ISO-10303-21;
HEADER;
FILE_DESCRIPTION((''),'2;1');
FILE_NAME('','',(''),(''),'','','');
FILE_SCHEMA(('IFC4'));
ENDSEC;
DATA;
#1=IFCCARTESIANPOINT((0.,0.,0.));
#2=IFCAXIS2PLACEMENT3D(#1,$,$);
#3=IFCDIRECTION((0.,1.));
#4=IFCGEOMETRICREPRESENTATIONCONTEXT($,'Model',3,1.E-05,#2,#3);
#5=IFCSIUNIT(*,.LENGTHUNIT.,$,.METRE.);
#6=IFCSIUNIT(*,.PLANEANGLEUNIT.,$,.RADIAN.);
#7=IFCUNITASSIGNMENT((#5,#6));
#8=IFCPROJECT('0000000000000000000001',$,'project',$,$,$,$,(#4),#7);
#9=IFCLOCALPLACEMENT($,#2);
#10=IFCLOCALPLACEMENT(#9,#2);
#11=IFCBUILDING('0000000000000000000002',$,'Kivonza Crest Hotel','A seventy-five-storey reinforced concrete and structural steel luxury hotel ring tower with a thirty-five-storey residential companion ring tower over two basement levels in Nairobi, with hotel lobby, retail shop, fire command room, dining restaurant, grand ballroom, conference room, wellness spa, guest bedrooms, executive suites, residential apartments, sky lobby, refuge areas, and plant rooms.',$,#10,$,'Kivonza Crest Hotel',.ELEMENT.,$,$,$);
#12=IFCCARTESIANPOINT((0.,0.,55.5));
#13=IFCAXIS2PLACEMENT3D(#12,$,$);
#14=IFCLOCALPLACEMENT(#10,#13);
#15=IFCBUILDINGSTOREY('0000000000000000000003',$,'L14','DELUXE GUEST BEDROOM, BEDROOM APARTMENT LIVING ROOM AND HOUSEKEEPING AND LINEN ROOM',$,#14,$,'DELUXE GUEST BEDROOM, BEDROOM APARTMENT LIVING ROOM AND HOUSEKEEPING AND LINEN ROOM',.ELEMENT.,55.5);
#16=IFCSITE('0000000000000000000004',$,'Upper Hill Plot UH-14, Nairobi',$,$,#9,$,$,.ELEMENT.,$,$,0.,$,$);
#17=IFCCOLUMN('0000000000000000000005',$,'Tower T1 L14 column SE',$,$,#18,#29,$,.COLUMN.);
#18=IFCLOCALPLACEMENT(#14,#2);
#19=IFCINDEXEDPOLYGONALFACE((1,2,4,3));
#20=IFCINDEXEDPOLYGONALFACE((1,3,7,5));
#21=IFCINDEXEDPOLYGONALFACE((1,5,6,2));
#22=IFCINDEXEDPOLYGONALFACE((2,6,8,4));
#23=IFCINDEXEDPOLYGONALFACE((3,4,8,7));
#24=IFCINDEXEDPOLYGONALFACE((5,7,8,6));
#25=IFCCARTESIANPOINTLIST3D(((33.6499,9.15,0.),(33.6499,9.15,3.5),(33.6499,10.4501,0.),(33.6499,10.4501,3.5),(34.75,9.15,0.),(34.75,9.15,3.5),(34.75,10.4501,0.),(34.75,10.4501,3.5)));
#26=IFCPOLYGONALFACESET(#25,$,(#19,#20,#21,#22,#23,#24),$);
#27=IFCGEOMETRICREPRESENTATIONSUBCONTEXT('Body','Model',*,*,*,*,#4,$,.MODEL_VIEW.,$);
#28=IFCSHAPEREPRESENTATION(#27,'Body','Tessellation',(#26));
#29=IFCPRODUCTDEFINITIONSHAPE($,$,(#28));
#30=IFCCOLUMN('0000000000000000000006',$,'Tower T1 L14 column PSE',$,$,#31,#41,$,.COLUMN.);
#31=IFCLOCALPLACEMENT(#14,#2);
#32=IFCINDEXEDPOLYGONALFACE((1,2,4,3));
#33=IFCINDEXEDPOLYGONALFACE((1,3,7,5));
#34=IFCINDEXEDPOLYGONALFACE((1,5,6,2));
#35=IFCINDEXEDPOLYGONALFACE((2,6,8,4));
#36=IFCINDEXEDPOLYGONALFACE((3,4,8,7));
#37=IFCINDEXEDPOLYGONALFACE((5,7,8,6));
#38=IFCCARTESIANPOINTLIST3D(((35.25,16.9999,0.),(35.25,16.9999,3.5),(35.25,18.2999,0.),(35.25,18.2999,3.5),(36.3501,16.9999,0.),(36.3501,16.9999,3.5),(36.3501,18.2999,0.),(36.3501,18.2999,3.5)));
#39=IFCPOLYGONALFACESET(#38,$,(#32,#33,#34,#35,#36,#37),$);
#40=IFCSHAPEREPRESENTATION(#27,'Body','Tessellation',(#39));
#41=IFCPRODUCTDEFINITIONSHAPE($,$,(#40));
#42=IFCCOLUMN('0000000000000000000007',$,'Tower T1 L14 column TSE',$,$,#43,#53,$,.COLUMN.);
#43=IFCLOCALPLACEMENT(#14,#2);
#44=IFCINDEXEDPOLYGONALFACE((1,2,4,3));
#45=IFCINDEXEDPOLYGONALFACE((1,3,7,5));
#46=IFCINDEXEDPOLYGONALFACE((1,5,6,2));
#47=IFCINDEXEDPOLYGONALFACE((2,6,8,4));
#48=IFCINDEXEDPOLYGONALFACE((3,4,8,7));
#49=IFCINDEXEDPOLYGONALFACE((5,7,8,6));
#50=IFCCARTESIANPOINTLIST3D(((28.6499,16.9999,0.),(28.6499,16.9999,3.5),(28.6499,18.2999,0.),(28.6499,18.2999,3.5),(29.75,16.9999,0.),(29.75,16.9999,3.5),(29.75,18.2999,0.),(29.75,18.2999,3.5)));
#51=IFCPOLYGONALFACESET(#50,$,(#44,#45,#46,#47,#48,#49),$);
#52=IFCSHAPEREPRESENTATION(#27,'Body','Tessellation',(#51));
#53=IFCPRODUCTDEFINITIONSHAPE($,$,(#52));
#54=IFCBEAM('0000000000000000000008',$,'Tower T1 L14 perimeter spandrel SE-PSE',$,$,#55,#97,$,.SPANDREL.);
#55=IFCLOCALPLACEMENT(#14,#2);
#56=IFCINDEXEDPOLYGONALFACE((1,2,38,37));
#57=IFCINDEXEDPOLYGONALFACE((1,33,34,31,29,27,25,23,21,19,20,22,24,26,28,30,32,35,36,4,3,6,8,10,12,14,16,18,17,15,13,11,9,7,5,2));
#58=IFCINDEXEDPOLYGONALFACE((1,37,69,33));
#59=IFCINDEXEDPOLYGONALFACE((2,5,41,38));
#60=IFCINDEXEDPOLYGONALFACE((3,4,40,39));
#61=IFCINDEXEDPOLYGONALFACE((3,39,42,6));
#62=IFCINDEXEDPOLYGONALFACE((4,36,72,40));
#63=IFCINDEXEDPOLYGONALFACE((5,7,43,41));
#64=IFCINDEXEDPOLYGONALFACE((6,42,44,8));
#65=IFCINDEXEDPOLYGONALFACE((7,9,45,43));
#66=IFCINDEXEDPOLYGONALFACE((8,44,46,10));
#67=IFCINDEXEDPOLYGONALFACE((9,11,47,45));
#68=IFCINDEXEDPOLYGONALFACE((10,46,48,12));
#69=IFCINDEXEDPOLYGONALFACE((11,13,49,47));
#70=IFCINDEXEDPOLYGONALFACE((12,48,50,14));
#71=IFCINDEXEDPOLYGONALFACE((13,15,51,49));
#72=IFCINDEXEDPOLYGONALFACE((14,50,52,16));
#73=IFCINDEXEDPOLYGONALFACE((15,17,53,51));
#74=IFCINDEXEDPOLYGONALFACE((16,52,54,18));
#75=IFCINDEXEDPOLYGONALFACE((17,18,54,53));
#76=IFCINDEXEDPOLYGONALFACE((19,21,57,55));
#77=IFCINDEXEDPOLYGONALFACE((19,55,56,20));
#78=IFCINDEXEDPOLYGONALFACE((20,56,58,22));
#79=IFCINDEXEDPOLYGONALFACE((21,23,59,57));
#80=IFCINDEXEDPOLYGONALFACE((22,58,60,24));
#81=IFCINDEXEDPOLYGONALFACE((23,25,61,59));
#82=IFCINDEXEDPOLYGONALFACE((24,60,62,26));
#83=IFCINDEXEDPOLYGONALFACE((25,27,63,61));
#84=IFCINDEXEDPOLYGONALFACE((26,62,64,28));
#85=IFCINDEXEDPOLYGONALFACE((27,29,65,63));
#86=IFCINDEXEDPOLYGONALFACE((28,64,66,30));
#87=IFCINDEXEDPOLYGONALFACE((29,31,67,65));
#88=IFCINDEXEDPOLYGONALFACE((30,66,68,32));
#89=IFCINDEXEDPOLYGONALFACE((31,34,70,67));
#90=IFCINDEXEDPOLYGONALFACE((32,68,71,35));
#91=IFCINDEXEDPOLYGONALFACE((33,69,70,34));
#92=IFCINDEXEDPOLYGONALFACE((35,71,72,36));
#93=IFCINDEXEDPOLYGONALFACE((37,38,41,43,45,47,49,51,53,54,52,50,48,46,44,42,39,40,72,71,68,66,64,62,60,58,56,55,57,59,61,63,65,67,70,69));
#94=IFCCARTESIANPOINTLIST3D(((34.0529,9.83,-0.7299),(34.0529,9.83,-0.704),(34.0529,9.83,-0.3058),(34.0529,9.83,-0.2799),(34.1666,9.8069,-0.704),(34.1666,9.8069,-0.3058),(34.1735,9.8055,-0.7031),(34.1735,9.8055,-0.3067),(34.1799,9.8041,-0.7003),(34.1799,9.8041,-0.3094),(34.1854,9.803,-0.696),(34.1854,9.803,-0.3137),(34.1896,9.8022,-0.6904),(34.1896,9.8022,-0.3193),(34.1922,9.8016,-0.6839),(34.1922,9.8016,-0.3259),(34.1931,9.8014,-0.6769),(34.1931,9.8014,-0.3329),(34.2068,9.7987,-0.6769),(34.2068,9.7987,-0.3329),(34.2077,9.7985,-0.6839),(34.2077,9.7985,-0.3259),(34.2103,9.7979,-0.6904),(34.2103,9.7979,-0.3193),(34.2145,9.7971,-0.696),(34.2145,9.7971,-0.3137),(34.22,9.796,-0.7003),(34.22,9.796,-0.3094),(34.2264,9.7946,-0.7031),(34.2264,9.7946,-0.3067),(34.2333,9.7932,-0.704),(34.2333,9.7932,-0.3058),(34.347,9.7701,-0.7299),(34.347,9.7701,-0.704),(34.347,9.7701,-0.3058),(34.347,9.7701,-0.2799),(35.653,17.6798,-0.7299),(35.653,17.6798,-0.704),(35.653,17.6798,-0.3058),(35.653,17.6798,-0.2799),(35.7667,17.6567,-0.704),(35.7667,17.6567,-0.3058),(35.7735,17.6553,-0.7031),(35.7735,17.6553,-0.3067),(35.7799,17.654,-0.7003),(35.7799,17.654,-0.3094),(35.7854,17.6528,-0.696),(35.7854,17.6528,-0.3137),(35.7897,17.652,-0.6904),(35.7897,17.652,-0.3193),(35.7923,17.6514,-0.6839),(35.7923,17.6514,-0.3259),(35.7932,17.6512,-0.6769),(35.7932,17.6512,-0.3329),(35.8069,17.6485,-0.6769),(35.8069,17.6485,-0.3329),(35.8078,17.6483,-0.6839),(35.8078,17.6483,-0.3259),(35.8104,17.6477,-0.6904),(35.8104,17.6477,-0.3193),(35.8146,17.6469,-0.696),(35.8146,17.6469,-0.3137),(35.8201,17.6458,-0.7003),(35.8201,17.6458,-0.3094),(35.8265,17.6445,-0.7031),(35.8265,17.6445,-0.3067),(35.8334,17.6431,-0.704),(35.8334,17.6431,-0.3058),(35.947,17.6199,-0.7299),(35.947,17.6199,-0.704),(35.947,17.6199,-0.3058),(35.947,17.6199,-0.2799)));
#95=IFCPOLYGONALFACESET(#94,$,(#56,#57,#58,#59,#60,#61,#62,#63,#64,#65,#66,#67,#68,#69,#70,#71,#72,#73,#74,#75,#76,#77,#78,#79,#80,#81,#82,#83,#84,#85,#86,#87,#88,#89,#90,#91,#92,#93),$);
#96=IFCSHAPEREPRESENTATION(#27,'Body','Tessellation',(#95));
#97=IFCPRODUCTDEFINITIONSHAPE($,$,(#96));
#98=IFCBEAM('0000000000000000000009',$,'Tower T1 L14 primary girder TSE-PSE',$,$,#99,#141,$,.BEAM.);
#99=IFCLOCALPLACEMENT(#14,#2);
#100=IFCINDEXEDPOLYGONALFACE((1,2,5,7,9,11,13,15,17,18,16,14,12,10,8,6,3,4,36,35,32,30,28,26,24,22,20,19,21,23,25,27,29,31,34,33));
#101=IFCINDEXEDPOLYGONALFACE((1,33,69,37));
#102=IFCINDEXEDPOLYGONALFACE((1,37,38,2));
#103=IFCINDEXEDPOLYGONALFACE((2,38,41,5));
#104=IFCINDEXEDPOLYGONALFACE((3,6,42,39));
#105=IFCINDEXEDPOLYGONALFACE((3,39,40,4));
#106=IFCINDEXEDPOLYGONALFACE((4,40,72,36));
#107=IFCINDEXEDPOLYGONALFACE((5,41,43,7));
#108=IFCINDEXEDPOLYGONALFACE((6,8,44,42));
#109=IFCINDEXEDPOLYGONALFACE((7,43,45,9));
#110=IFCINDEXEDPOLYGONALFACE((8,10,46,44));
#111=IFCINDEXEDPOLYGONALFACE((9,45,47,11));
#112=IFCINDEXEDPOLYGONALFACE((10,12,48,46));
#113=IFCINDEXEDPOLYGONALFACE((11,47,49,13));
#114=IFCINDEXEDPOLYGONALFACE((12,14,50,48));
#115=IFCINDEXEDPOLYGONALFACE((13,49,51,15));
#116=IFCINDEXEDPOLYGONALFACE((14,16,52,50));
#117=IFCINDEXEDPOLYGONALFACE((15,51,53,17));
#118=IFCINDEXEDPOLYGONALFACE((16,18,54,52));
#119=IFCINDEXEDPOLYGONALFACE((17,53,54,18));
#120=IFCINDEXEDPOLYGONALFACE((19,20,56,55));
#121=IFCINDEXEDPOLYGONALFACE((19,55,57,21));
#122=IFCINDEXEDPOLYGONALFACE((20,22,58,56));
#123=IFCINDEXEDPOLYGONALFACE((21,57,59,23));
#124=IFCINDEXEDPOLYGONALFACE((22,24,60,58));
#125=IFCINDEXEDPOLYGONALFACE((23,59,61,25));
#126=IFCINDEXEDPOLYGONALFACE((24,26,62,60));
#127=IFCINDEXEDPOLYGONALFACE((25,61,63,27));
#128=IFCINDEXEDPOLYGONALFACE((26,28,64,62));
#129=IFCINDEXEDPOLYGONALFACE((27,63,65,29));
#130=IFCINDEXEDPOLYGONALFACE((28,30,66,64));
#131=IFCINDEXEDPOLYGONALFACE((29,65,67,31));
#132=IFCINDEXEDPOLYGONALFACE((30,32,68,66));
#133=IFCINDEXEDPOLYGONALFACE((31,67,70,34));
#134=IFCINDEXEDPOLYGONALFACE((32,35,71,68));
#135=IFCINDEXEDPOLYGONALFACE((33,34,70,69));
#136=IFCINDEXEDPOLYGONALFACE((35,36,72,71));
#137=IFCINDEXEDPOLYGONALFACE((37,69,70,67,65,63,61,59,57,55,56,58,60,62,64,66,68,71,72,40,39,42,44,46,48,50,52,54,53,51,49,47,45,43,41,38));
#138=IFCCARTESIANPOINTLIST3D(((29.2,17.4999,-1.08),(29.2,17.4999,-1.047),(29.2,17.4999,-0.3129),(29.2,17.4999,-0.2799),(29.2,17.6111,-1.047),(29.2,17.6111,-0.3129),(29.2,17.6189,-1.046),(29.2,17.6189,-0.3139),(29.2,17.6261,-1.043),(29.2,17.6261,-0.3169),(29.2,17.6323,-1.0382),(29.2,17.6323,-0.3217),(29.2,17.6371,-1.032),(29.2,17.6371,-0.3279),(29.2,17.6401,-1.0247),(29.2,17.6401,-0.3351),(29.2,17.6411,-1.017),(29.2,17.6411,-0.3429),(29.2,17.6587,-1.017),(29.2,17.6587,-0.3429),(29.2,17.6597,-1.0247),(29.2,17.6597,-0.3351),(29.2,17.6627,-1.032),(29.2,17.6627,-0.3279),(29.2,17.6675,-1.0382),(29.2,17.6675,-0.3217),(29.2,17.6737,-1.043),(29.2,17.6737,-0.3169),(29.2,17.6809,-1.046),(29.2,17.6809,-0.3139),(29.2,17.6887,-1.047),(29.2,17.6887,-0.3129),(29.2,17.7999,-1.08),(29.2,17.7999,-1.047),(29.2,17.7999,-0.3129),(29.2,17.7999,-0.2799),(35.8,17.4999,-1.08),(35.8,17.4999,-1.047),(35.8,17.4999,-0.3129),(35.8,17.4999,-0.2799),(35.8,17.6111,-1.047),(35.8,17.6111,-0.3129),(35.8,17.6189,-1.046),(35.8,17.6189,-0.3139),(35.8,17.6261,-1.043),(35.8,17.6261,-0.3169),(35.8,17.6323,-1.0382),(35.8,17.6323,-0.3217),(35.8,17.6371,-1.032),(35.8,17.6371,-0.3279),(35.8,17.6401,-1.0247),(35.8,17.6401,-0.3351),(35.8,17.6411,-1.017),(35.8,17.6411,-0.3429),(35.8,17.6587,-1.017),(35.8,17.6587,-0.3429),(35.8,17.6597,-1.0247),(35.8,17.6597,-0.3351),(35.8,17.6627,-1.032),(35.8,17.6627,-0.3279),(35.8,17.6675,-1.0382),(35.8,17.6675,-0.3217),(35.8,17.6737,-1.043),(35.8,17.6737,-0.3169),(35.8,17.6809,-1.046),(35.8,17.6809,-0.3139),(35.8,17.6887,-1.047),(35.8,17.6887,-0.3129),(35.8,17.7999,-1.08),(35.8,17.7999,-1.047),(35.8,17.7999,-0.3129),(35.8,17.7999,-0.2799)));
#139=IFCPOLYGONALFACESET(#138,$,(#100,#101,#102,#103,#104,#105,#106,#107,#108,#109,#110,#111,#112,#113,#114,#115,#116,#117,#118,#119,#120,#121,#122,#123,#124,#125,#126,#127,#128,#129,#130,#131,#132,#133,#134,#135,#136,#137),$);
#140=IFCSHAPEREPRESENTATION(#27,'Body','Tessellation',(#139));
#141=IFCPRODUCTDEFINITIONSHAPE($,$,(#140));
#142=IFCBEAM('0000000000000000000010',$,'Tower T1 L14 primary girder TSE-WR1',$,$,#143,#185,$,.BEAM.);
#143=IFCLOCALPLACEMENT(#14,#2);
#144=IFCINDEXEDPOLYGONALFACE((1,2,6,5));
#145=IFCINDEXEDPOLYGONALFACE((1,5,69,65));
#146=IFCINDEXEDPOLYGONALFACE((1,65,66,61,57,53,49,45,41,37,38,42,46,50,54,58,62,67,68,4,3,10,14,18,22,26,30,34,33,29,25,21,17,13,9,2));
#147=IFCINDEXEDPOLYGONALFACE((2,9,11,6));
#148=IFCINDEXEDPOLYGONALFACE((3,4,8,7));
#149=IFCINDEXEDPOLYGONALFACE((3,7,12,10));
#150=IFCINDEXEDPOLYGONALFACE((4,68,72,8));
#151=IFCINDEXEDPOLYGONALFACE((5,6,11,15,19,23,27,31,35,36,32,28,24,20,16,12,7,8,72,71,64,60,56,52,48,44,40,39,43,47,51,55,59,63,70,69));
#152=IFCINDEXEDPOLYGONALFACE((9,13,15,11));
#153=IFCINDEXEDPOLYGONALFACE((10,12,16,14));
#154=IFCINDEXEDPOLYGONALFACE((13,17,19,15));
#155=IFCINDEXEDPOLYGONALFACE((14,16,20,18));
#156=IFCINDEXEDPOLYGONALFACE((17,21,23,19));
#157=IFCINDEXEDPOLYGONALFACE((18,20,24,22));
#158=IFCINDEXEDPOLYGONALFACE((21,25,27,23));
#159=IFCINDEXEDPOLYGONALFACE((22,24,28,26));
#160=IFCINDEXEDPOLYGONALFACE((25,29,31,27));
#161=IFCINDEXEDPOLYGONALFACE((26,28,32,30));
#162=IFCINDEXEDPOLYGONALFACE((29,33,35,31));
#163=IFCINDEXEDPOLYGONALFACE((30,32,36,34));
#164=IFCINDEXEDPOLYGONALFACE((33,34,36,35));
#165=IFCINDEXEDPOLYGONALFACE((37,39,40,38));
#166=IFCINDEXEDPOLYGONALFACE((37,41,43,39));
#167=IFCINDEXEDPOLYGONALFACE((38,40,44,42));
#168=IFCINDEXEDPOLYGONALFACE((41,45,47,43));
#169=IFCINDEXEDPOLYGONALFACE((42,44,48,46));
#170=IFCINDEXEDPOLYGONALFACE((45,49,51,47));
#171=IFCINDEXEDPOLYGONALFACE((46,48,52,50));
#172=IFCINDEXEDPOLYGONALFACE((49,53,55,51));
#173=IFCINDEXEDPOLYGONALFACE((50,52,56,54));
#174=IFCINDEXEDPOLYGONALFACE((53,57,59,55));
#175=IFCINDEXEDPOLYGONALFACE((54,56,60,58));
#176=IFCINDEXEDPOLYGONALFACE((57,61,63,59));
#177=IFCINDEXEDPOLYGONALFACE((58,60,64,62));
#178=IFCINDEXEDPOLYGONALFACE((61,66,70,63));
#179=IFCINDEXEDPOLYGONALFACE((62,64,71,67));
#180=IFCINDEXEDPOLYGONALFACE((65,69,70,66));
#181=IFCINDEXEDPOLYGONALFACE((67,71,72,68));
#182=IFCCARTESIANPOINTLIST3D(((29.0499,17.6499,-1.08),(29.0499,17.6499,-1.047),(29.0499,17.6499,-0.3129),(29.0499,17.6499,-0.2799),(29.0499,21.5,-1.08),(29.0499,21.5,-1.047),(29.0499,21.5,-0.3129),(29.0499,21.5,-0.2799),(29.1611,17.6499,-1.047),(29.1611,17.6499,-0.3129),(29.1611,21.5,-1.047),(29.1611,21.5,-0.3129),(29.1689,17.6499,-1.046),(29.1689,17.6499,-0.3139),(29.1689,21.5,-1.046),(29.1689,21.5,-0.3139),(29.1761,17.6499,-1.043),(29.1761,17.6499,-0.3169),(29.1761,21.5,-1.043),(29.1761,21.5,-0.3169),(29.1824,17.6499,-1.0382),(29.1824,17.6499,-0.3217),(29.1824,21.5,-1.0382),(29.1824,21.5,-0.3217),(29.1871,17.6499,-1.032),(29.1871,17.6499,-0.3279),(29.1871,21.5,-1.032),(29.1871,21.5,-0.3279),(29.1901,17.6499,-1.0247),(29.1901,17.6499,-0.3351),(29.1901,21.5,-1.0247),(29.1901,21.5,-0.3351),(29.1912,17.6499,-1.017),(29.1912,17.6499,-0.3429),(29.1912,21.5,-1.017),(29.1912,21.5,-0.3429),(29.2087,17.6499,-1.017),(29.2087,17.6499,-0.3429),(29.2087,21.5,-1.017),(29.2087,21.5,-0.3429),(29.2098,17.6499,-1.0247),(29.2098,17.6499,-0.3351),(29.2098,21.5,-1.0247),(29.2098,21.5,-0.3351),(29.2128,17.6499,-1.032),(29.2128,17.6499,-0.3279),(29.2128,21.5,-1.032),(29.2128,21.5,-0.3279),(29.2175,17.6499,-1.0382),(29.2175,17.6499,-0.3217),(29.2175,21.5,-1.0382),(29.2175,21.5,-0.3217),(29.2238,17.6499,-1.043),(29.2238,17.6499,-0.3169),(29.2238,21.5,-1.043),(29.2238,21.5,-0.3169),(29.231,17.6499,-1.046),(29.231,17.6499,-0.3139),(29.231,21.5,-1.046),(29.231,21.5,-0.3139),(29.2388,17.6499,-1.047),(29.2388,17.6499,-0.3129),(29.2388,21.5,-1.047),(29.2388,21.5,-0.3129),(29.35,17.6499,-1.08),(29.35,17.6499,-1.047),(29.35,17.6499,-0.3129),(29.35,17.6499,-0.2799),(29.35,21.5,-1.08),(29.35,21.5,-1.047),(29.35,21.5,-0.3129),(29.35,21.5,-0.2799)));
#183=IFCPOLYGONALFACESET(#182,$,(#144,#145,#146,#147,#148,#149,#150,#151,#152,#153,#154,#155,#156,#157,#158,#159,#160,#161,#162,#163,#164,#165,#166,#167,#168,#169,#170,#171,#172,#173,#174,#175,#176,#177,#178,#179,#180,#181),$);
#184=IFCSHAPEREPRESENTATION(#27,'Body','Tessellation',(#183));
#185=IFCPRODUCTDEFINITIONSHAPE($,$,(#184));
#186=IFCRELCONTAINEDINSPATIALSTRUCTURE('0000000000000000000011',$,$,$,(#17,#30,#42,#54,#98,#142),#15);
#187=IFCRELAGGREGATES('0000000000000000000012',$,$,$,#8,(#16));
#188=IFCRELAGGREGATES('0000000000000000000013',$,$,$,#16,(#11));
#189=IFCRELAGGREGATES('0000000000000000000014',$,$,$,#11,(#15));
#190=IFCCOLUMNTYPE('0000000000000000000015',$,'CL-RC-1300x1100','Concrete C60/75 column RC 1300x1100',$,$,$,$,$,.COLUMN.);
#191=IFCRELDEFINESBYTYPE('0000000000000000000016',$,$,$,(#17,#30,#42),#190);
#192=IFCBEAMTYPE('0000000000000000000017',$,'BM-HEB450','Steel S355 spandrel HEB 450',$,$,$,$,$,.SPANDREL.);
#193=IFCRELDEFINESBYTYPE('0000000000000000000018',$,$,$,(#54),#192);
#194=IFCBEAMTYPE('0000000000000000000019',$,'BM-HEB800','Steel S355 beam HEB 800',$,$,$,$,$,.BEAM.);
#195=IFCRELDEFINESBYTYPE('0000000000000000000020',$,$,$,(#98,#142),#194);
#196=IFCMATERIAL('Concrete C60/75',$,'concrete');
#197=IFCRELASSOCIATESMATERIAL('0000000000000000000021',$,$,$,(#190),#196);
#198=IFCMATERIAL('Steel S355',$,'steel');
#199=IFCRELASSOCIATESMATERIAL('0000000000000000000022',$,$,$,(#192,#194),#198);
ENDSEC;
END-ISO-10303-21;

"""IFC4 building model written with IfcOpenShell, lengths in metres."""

from ifc_helpers import new_model, si_unit, direction, frame, origin, origin_2d, place, context, subcontext, project, spatial, rectangle, i_section, extrude, material, material_profile, profile_set, type_object, element, save


model = new_model("IFC4")

# Units and contexts
model_context = context("Model", 3, precision=1e-05, world=origin(), true_north=direction((0.0, 1.0)))
body_context = subcontext(model_context, "Body", "Model", "MODEL_VIEW")
ifc_project = project(units=[si_unit("LENGTHUNIT", "METRE"), si_unit("PLANEANGLEUNIT", "RADIAN")], contexts=[model_context])

# Site, building, storey
site_placement = place(None, origin())
site = spatial("IfcSite", under=ifc_project, at=site_placement, Name="Upper Hill Plot UH-14, Nairobi", CompositionType="ELEMENT", RefElevation=0.0)
building_placement = place(site_placement, origin())
building = spatial("IfcBuilding", under=site, at=building_placement, Name="Kivonza Crest Hotel", Description="A seventy-five-storey reinforced concrete and structural steel luxury hotel ring tower with a thirty-five-storey residential companion ring tower over two basement levels in Nairobi, with hotel lobby, retail shop, fire command room, dining restaurant, grand ballroom, conference room, wellness spa, guest bedrooms, executive suites, residential apartments, sky lobby, refuge areas, and plant rooms.", LongName="Kivonza Crest Hotel", CompositionType="ELEMENT")
storey_placement = place(building_placement, frame((0.0, 0.0, 55.5)))
storey = spatial("IfcBuildingStorey", under=building, at=storey_placement, Name="L14", Description="DELUXE GUEST BEDROOM, BEDROOM APARTMENT LIVING ROOM AND HOUSEKEEPING AND LINEN ROOM", LongName="DELUXE GUEST BEDROOM, BEDROOM APARTMENT LIVING ROOM AND HOUSEKEEPING AND LINEN ROOM", CompositionType="ELEMENT", Elevation=55.5)

# Columns
ifc_material_1 = material(Name="Concrete C60/75", Category="concrete")
ifc_material_profile_1 = material_profile(ifc_material_1, rectangle(XDim=1.1001, YDim=1.3, at=origin_2d()), Name="RC 1300x1100")
ifc_profile_set_1 = profile_set([ifc_material_profile_1], Name="Concrete C60/75")
column_type = type_object("IfcColumnType", Name="CL-RC-1300x1100", Description="Concrete C60/75 column RC 1300x1100", PredefinedType="COLUMN", material=ifc_profile_set_1)
for number, where, z_axis, x_axis, name in (
    (1, (34.2, 9.8, 0.0), (0.0, 0.0, 1.0), (1.0, 0.0, 0.0), "Tower T1 L14 column SE"),
    (2, (35.8, 17.6499, 0.0), (0.0, 0.0, 1.0), (1.0, 0.0, 0.0), "Tower T1 L14 column PSE"),
    (3, (29.2, 17.6499, 0.0), (0.0, 0.0, 1.0), (1.0, 0.0, 0.0), "Tower T1 L14 column TSE"),
):
    element("IfcColumn", number, at=place(storey_placement, frame(where, z_axis=z_axis, x_axis=x_axis)), inside=storey, type_object=column_type, Name=name, PredefinedType="COLUMN", context=body_context, shape_type="SweptSolid", body=[
        extrude(rectangle(XDim=1.1001, YDim=1.3, at=origin_2d()), origin(), (0.0, 0.0, 1.0), 3.5),
    ])

# Beams
ifc_material_2 = material(Name="Steel S355", Category="steel")
ifc_material_profile_2 = material_profile(ifc_material_2, i_section(OverallWidth=0.3, OverallDepth=0.45, WebThickness=0.0139, FlangeThickness=0.0259, FilletRadius=0.0271, at=origin_2d()), Name="HEB 450")
ifc_profile_set_2 = profile_set([ifc_material_profile_2], Name="Steel S355")
beam_type_1 = type_object("IfcBeamType", Name="BM-HEB450", Description="Steel S355 spandrel HEB 450", PredefinedType="SPANDREL", material=ifc_profile_set_2)
beam_1_placement = place(storey_placement, frame((34.2, 9.8, -0.5049), z_axis=(0.199731, 0.979851, 0.0), x_axis=(-0.979851, 0.199731, 0.0)))
element("IfcBeam", 4, at=beam_1_placement, inside=storey, type_object=beam_type_1, Name="Tower T1 L14 perimeter spandrel SE-PSE", PredefinedType="SPANDREL", context=body_context, shape_type="SweptSolid", body=[
    extrude(i_section(OverallWidth=0.3, OverallDepth=0.45, WebThickness=0.0139, FlangeThickness=0.0259, FilletRadius=0.0271, at=origin_2d()), origin(), (0.0, 0.0, 1.0), 8.0112),
])
ifc_material_profile_3 = material_profile(ifc_material_2, i_section(OverallWidth=0.3, OverallDepth=0.8, WebThickness=0.0176, FlangeThickness=0.033, FilletRadius=0.03, at=origin_2d()), Name="HEB 800")
ifc_profile_set_3 = profile_set([ifc_material_profile_3], Name="Steel S355")
beam_type_2 = type_object("IfcBeamType", Name="BM-HEB800", Description="Steel S355 beam HEB 800", PredefinedType="BEAM", material=ifc_profile_set_3)
beam_2_placement = place(storey_placement, frame((29.2, 17.6499, -0.6799), z_axis=(1.0, 0.0, 0.0), x_axis=(0.0, 1.0, 0.0)))
element("IfcBeam", 5, at=beam_2_placement, inside=storey, type_object=beam_type_2, Name="Tower T1 L14 primary girder TSE-PSE", PredefinedType="BEAM", context=body_context, shape_type="SweptSolid", body=[
    extrude(i_section(OverallWidth=0.3, OverallDepth=0.8, WebThickness=0.0176, FlangeThickness=0.033, FilletRadius=0.03, at=origin_2d()), origin(), (0.0, 0.0, 1.0), 6.6001),
])
beam_3_placement = place(storey_placement, frame((29.2, 17.6499, -0.6799), z_axis=(0.0, 1.0, 0.0), x_axis=(-1.0, 0.0, 0.0)))
element("IfcBeam", 6, at=beam_3_placement, inside=storey, type_object=beam_type_2, Name="Tower T1 L14 primary girder TSE-WR1", PredefinedType="BEAM", context=body_context, shape_type="SweptSolid", body=[
    extrude(i_section(OverallWidth=0.3, OverallDepth=0.8, WebThickness=0.0176, FlangeThickness=0.033, FilletRadius=0.03, at=origin_2d()), origin(), (0.0, 0.0, 1.0), 3.8501),
])

save(model, "model.ifc")
